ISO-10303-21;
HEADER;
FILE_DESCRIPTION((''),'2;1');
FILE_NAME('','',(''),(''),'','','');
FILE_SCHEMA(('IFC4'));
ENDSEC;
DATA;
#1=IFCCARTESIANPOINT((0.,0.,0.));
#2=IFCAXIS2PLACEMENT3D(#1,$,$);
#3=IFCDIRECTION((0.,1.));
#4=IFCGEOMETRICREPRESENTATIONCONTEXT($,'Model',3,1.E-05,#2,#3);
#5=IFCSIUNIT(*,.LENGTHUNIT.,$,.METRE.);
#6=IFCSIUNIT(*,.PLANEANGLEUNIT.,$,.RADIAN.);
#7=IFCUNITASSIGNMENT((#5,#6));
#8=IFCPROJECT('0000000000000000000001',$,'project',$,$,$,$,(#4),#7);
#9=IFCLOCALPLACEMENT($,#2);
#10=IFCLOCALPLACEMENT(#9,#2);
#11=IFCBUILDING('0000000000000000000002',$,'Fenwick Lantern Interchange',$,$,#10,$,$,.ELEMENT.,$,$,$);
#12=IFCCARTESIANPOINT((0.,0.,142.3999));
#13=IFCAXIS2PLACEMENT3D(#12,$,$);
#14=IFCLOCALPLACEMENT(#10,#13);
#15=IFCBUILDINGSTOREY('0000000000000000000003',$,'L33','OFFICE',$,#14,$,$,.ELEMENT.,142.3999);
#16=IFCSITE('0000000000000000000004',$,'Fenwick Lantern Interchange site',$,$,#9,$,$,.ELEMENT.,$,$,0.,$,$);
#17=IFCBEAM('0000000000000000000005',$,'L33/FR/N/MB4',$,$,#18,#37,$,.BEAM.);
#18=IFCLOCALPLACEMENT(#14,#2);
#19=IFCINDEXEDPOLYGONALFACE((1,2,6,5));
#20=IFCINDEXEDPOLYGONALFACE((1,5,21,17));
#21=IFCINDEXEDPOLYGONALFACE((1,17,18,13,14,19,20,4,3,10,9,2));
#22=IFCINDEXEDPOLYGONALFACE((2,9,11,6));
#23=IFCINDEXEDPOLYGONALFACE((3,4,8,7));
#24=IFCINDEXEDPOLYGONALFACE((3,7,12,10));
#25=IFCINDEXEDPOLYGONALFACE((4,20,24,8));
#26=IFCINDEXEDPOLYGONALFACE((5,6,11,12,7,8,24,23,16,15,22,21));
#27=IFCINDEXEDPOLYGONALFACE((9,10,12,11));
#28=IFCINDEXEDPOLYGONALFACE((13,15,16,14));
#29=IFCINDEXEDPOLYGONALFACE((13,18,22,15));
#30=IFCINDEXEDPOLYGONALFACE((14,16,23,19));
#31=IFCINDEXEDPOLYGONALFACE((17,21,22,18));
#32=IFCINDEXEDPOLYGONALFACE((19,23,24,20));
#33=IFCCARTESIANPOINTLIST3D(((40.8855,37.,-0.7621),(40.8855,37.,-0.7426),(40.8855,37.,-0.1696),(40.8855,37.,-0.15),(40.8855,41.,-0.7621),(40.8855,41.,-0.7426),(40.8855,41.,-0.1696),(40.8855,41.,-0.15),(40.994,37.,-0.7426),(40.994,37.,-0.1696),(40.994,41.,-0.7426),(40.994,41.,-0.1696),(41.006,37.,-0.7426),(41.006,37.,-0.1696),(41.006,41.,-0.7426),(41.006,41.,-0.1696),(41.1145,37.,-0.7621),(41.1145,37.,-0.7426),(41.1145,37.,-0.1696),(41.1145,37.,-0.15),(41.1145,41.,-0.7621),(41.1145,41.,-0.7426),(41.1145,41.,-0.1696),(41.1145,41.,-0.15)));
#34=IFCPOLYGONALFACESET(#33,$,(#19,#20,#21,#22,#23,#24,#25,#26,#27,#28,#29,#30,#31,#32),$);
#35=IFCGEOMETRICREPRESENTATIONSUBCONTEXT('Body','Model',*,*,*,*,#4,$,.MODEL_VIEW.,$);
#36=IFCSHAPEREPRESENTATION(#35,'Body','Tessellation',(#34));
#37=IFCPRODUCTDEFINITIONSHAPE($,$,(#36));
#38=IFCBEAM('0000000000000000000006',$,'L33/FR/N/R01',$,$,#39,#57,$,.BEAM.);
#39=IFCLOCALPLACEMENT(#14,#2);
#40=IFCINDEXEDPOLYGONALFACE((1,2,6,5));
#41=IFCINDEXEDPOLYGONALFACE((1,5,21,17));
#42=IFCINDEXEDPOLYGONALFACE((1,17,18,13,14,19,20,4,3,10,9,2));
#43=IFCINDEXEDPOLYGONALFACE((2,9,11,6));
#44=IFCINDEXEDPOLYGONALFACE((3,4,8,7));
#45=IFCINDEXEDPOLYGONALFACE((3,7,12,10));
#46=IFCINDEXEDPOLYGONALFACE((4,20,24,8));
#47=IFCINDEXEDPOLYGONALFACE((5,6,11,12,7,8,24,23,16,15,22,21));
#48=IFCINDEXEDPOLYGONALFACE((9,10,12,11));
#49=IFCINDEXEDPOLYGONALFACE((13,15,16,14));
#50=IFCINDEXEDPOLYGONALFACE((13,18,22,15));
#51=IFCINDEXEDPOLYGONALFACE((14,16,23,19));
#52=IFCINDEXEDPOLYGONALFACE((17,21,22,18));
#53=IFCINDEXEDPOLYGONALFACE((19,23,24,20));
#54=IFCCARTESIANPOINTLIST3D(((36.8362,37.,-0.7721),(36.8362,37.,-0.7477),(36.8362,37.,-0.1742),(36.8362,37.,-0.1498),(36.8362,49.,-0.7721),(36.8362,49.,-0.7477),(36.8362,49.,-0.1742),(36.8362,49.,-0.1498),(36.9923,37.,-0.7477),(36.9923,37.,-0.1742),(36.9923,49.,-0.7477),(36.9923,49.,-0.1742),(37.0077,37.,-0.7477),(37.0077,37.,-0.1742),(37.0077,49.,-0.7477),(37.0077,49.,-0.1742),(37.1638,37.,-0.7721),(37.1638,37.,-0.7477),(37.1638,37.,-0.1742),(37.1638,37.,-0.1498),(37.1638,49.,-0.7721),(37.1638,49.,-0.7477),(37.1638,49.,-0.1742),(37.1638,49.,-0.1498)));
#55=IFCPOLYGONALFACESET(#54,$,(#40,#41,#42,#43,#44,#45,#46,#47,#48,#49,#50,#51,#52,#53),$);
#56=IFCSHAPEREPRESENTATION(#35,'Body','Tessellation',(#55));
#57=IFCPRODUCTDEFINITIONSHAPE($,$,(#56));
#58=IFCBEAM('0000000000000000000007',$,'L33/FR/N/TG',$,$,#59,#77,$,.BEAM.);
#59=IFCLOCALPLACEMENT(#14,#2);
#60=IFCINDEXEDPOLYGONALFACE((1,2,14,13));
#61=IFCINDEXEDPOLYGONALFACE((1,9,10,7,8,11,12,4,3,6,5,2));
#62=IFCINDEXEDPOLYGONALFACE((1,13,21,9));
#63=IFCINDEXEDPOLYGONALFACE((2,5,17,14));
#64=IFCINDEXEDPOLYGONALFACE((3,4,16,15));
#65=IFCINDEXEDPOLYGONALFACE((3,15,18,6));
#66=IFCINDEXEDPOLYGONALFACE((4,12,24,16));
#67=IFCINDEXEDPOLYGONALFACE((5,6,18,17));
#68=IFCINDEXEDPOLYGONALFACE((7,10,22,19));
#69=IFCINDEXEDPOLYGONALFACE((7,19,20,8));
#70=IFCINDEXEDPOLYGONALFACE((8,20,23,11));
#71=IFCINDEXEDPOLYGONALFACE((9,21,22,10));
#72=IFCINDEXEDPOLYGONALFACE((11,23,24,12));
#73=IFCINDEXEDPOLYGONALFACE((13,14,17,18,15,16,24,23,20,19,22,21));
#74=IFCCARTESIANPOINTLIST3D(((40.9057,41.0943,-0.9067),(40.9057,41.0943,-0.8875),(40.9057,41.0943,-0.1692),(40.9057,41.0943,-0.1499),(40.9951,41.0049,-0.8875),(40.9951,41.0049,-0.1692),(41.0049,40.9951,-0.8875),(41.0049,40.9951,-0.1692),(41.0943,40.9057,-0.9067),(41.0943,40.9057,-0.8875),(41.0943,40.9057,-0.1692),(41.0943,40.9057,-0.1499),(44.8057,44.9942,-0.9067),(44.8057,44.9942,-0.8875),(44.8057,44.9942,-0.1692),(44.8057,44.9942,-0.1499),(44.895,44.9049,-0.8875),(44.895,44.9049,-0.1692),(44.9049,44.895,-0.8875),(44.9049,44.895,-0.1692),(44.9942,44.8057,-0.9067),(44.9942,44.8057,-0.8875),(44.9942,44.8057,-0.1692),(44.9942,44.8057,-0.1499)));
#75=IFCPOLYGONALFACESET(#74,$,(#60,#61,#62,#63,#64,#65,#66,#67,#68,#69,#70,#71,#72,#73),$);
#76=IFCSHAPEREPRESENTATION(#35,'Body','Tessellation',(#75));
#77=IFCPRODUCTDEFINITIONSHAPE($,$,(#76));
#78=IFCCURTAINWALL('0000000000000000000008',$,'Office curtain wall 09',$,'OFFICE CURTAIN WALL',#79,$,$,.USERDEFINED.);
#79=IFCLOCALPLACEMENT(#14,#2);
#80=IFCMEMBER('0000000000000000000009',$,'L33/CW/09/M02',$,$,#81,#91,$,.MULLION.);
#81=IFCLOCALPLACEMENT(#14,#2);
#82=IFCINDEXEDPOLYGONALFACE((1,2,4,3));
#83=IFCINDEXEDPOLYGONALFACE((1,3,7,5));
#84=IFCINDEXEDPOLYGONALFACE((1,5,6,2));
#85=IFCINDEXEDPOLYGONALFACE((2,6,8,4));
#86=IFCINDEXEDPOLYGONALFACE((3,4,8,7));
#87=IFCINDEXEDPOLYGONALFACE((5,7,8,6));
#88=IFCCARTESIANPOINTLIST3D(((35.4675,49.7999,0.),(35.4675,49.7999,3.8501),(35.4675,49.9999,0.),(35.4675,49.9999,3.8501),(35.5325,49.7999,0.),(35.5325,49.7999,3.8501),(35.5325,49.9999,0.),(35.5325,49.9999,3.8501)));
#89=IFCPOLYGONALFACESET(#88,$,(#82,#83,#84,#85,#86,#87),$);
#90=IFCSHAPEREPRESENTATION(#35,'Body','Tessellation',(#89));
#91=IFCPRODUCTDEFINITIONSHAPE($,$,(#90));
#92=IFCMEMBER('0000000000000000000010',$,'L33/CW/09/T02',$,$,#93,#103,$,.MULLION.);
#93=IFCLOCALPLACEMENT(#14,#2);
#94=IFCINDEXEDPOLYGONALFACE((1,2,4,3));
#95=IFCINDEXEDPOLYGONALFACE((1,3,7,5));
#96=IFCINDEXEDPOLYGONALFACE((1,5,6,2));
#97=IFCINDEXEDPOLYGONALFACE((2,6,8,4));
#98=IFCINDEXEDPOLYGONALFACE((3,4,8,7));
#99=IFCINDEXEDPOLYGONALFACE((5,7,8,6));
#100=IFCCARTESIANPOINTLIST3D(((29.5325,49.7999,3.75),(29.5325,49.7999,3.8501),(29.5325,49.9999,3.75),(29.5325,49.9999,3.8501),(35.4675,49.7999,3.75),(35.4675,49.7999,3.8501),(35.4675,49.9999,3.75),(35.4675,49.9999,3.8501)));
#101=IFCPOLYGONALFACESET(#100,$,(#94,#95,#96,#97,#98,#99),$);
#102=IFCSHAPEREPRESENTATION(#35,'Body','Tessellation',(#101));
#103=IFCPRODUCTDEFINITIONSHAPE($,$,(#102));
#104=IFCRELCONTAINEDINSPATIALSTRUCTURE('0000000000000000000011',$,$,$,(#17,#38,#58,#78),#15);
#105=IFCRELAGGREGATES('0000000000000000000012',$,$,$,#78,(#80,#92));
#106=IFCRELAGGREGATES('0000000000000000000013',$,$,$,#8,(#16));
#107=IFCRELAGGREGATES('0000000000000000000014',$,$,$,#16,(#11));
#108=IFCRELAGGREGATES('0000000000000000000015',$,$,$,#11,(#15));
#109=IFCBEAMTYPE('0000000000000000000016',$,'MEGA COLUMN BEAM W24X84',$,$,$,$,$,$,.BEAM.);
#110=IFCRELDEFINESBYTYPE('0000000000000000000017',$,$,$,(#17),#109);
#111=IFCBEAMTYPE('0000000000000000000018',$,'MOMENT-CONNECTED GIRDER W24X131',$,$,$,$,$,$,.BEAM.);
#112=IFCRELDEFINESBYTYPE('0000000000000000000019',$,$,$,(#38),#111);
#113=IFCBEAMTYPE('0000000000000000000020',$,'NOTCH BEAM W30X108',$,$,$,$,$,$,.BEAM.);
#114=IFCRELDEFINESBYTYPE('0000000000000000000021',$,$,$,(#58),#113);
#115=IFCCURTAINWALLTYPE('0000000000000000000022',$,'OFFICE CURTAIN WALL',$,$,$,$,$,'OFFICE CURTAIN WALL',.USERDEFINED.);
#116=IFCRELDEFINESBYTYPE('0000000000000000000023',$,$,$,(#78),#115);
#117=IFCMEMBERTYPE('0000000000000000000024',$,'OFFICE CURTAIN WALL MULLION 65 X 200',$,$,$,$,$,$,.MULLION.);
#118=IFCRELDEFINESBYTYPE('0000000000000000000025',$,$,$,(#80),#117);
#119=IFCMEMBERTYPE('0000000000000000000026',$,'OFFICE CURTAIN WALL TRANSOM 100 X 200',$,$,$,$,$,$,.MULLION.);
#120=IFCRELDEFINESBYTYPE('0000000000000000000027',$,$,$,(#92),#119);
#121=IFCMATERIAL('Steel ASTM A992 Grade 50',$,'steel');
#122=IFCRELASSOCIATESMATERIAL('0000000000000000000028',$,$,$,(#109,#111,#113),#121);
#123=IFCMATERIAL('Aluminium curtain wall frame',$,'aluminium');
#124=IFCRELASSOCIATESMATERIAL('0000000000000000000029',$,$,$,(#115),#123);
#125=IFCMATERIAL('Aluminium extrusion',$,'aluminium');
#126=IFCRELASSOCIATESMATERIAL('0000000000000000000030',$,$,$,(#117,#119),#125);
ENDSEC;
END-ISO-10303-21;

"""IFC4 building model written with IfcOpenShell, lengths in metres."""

from ifc_helpers import new_model, si_unit, direction, frame, origin, origin_2d, place, context, subcontext, project, spatial, rectangle, i_section, extrude, material, material_profile, profile_set, type_object, element, aggregate, save


model = new_model("IFC4")

# Units and contexts
model_context = context("Model", 3, precision=1e-05, world=origin(), true_north=direction((0.0, 1.0)))
body_context = subcontext(model_context, "Body", "Model", "MODEL_VIEW")
ifc_project = project(units=[si_unit("LENGTHUNIT", "METRE"), si_unit("PLANEANGLEUNIT", "RADIAN")], contexts=[model_context])

# Site, building, storey
site_placement = place(None, origin())
site = spatial("IfcSite", under=ifc_project, at=site_placement, Name="Fenwick Lantern Interchange site", CompositionType="ELEMENT", RefElevation=0.0)
building_placement = place(site_placement, origin())
building = spatial("IfcBuilding", under=site, at=building_placement, Name="Fenwick Lantern Interchange", CompositionType="ELEMENT")
storey_placement = place(building_placement, frame((0.0, 0.0, 142.3999)))
storey = spatial("IfcBuildingStorey", under=building, at=storey_placement, Name="L33", Description="OFFICE", CompositionType="ELEMENT", Elevation=142.3999)

# Beams
ifc_material_1 = material(Name="Steel ASTM A992 Grade 50", Category="steel")
ifc_material_profile_1 = material_profile(ifc_material_1, i_section(OverallWidth=0.229, OverallDepth=0.6121, WebThickness=0.012, FlangeThickness=0.0195, at=origin_2d()), Name="W24X84")
ifc_profile_set_1 = profile_set([ifc_material_profile_1], Name="Steel ASTM A992 Grade 50")
beam_type_1 = type_object("IfcBeamType", Name="MEGA COLUMN BEAM W24X84", PredefinedType="BEAM", material=ifc_profile_set_1)
for number, where, z_axis, x_axis, name in (
    (1, (41.0, 41.0, -0.4561), (0.0, -1.0, 0.0), (1.0, 0.0, 0.0), "L33/FR/N/MB4"),
):
    element("IfcBeam", number, at=place(storey_placement, frame(where, z_axis=z_axis, x_axis=x_axis)), inside=storey, type_object=beam_type_1, Name=name, PredefinedType="BEAM", context=body_context, shape_type="SweptSolid", body=[
        extrude(i_section(OverallWidth=0.229, OverallDepth=0.6121, WebThickness=0.012, FlangeThickness=0.0195, at=origin_2d()), origin(), (0.0, 0.0, 1.0), 4.0),
    ])
ifc_material_profile_2 = material_profile(ifc_material_1, i_section(OverallWidth=0.3276, OverallDepth=0.6223, WebThickness=0.0154, FlangeThickness=0.0244, at=origin_2d()), Name="W24X131")
ifc_profile_set_2 = profile_set([ifc_material_profile_2], Name="Steel ASTM A992 Grade 50")
beam_type_2 = type_object("IfcBeamType", Name="MOMENT-CONNECTED GIRDER W24X131", PredefinedType="BEAM", material=ifc_profile_set_2)
beam_1_placement = place(storey_placement, frame((37.0, 49.0, -0.4609), z_axis=(0.0, -1.0, 0.0), x_axis=(1.0, 0.0, 0.0)))
element("IfcBeam", 2, at=beam_1_placement, inside=storey, type_object=beam_type_2, Name="L33/FR/N/R01", PredefinedType="BEAM", context=body_context, shape_type="SweptSolid", body=[
    extrude(i_section(OverallWidth=0.3276, OverallDepth=0.6223, WebThickness=0.0154, FlangeThickness=0.0244, at=origin_2d()), origin(), (0.0, 0.0, 1.0), 12.0),
])
ifc_material_profile_3 = material_profile(ifc_material_1, i_section(OverallWidth=0.2666, OverallDepth=0.7568, WebThickness=0.0139, FlangeThickness=0.0193, at=origin_2d()), Name="W30X108")
ifc_profile_set_3 = profile_set([ifc_material_profile_3], Name="Steel ASTM A992 Grade 50")
beam_type_3 = type_object("IfcBeamType", Name="NOTCH BEAM W30X108", PredefinedType="BEAM", material=ifc_profile_set_3)
beam_2_placement = place(storey_placement, frame((41.0, 41.0, -0.5283), z_axis=(0.707107, 0.707107, 0.0), x_axis=(-0.707107, 0.707107, 0.0)))
element("IfcBeam", 3, at=beam_2_placement, inside=storey, type_object=beam_type_3, Name="L33/FR/N/TG", PredefinedType="BEAM", context=body_context, shape_type="SweptSolid", body=[
    extrude(i_section(OverallWidth=0.2666, OverallDepth=0.7568, WebThickness=0.0139, FlangeThickness=0.0193, at=origin_2d()), origin(), (0.0, 0.0, 1.0), 5.5154),
])

# Curtain wall, members
ifc_material_2 = material(Name="Aluminium curtain wall frame", Category="aluminium")
curtain_wall_type = type_object("IfcCurtainWallType", Name="OFFICE CURTAIN WALL", ElementType="OFFICE CURTAIN WALL", PredefinedType="USERDEFINED", material=ifc_material_2)
curtain_wall_placement = place(storey_placement, origin())
curtain_wall = element("IfcCurtainWall", 4, at=curtain_wall_placement, inside=storey, type_object=curtain_wall_type, Name="Office curtain wall 09", ObjectType="OFFICE CURTAIN WALL", PredefinedType="USERDEFINED")
ifc_material_3 = material(Name="Aluminium extrusion", Category="aluminium")
ifc_material_profile_4 = material_profile(ifc_material_3, rectangle(XDim=0.2, YDim=0.0649, at=origin_2d()), Name="OFFICE CURTAIN WALL MULLION 65 X 200")
ifc_profile_set_4 = profile_set([ifc_material_profile_4], Name="Aluminium extrusion")
member_type_1 = type_object("IfcMemberType", Name="OFFICE CURTAIN WALL MULLION 65 X 200", PredefinedType="MULLION", material=ifc_profile_set_4)
member_1_placement = place(storey_placement, frame((35.5, 49.8999, 0.0), z_axis=(0.0, 0.0, 1.0), x_axis=(0.0, -1.0, 0.0)))
member_1 = element("IfcMember", 5, at=member_1_placement, type_object=member_type_1, Name="L33/CW/09/M02", PredefinedType="MULLION", context=body_context, shape_type="SweptSolid", body=[
    extrude(rectangle(XDim=0.2, YDim=0.0649, at=origin_2d()), origin(), (0.0, 0.0, 1.0), 3.8501),
])
ifc_material_profile_5 = material_profile(ifc_material_3, rectangle(XDim=0.2, YDim=0.1001, at=origin_2d()), Name="OFFICE CURTAIN WALL TRANSOM 100 X 200")
ifc_profile_set_5 = profile_set([ifc_material_profile_5], Name="Aluminium extrusion")
member_type_2 = type_object("IfcMemberType", Name="OFFICE CURTAIN WALL TRANSOM 100 X 200", PredefinedType="MULLION", material=ifc_profile_set_5)
member_2_placement = place(storey_placement, frame((35.4675, 49.8999, 3.8), z_axis=(-1.0, 0.0, 0.0), x_axis=(0.0, -1.0, 0.0)))
member_2 = element("IfcMember", 6, at=member_2_placement, type_object=member_type_2, Name="L33/CW/09/T02", PredefinedType="MULLION", context=body_context, shape_type="SweptSolid", body=[
    extrude(rectangle(XDim=0.2, YDim=0.1001, at=origin_2d()), origin(), (0.0, 0.0, 1.0), 5.9351),
])
aggregate(curtain_wall, [member_1, member_2])

save(model, "model.ifc")
